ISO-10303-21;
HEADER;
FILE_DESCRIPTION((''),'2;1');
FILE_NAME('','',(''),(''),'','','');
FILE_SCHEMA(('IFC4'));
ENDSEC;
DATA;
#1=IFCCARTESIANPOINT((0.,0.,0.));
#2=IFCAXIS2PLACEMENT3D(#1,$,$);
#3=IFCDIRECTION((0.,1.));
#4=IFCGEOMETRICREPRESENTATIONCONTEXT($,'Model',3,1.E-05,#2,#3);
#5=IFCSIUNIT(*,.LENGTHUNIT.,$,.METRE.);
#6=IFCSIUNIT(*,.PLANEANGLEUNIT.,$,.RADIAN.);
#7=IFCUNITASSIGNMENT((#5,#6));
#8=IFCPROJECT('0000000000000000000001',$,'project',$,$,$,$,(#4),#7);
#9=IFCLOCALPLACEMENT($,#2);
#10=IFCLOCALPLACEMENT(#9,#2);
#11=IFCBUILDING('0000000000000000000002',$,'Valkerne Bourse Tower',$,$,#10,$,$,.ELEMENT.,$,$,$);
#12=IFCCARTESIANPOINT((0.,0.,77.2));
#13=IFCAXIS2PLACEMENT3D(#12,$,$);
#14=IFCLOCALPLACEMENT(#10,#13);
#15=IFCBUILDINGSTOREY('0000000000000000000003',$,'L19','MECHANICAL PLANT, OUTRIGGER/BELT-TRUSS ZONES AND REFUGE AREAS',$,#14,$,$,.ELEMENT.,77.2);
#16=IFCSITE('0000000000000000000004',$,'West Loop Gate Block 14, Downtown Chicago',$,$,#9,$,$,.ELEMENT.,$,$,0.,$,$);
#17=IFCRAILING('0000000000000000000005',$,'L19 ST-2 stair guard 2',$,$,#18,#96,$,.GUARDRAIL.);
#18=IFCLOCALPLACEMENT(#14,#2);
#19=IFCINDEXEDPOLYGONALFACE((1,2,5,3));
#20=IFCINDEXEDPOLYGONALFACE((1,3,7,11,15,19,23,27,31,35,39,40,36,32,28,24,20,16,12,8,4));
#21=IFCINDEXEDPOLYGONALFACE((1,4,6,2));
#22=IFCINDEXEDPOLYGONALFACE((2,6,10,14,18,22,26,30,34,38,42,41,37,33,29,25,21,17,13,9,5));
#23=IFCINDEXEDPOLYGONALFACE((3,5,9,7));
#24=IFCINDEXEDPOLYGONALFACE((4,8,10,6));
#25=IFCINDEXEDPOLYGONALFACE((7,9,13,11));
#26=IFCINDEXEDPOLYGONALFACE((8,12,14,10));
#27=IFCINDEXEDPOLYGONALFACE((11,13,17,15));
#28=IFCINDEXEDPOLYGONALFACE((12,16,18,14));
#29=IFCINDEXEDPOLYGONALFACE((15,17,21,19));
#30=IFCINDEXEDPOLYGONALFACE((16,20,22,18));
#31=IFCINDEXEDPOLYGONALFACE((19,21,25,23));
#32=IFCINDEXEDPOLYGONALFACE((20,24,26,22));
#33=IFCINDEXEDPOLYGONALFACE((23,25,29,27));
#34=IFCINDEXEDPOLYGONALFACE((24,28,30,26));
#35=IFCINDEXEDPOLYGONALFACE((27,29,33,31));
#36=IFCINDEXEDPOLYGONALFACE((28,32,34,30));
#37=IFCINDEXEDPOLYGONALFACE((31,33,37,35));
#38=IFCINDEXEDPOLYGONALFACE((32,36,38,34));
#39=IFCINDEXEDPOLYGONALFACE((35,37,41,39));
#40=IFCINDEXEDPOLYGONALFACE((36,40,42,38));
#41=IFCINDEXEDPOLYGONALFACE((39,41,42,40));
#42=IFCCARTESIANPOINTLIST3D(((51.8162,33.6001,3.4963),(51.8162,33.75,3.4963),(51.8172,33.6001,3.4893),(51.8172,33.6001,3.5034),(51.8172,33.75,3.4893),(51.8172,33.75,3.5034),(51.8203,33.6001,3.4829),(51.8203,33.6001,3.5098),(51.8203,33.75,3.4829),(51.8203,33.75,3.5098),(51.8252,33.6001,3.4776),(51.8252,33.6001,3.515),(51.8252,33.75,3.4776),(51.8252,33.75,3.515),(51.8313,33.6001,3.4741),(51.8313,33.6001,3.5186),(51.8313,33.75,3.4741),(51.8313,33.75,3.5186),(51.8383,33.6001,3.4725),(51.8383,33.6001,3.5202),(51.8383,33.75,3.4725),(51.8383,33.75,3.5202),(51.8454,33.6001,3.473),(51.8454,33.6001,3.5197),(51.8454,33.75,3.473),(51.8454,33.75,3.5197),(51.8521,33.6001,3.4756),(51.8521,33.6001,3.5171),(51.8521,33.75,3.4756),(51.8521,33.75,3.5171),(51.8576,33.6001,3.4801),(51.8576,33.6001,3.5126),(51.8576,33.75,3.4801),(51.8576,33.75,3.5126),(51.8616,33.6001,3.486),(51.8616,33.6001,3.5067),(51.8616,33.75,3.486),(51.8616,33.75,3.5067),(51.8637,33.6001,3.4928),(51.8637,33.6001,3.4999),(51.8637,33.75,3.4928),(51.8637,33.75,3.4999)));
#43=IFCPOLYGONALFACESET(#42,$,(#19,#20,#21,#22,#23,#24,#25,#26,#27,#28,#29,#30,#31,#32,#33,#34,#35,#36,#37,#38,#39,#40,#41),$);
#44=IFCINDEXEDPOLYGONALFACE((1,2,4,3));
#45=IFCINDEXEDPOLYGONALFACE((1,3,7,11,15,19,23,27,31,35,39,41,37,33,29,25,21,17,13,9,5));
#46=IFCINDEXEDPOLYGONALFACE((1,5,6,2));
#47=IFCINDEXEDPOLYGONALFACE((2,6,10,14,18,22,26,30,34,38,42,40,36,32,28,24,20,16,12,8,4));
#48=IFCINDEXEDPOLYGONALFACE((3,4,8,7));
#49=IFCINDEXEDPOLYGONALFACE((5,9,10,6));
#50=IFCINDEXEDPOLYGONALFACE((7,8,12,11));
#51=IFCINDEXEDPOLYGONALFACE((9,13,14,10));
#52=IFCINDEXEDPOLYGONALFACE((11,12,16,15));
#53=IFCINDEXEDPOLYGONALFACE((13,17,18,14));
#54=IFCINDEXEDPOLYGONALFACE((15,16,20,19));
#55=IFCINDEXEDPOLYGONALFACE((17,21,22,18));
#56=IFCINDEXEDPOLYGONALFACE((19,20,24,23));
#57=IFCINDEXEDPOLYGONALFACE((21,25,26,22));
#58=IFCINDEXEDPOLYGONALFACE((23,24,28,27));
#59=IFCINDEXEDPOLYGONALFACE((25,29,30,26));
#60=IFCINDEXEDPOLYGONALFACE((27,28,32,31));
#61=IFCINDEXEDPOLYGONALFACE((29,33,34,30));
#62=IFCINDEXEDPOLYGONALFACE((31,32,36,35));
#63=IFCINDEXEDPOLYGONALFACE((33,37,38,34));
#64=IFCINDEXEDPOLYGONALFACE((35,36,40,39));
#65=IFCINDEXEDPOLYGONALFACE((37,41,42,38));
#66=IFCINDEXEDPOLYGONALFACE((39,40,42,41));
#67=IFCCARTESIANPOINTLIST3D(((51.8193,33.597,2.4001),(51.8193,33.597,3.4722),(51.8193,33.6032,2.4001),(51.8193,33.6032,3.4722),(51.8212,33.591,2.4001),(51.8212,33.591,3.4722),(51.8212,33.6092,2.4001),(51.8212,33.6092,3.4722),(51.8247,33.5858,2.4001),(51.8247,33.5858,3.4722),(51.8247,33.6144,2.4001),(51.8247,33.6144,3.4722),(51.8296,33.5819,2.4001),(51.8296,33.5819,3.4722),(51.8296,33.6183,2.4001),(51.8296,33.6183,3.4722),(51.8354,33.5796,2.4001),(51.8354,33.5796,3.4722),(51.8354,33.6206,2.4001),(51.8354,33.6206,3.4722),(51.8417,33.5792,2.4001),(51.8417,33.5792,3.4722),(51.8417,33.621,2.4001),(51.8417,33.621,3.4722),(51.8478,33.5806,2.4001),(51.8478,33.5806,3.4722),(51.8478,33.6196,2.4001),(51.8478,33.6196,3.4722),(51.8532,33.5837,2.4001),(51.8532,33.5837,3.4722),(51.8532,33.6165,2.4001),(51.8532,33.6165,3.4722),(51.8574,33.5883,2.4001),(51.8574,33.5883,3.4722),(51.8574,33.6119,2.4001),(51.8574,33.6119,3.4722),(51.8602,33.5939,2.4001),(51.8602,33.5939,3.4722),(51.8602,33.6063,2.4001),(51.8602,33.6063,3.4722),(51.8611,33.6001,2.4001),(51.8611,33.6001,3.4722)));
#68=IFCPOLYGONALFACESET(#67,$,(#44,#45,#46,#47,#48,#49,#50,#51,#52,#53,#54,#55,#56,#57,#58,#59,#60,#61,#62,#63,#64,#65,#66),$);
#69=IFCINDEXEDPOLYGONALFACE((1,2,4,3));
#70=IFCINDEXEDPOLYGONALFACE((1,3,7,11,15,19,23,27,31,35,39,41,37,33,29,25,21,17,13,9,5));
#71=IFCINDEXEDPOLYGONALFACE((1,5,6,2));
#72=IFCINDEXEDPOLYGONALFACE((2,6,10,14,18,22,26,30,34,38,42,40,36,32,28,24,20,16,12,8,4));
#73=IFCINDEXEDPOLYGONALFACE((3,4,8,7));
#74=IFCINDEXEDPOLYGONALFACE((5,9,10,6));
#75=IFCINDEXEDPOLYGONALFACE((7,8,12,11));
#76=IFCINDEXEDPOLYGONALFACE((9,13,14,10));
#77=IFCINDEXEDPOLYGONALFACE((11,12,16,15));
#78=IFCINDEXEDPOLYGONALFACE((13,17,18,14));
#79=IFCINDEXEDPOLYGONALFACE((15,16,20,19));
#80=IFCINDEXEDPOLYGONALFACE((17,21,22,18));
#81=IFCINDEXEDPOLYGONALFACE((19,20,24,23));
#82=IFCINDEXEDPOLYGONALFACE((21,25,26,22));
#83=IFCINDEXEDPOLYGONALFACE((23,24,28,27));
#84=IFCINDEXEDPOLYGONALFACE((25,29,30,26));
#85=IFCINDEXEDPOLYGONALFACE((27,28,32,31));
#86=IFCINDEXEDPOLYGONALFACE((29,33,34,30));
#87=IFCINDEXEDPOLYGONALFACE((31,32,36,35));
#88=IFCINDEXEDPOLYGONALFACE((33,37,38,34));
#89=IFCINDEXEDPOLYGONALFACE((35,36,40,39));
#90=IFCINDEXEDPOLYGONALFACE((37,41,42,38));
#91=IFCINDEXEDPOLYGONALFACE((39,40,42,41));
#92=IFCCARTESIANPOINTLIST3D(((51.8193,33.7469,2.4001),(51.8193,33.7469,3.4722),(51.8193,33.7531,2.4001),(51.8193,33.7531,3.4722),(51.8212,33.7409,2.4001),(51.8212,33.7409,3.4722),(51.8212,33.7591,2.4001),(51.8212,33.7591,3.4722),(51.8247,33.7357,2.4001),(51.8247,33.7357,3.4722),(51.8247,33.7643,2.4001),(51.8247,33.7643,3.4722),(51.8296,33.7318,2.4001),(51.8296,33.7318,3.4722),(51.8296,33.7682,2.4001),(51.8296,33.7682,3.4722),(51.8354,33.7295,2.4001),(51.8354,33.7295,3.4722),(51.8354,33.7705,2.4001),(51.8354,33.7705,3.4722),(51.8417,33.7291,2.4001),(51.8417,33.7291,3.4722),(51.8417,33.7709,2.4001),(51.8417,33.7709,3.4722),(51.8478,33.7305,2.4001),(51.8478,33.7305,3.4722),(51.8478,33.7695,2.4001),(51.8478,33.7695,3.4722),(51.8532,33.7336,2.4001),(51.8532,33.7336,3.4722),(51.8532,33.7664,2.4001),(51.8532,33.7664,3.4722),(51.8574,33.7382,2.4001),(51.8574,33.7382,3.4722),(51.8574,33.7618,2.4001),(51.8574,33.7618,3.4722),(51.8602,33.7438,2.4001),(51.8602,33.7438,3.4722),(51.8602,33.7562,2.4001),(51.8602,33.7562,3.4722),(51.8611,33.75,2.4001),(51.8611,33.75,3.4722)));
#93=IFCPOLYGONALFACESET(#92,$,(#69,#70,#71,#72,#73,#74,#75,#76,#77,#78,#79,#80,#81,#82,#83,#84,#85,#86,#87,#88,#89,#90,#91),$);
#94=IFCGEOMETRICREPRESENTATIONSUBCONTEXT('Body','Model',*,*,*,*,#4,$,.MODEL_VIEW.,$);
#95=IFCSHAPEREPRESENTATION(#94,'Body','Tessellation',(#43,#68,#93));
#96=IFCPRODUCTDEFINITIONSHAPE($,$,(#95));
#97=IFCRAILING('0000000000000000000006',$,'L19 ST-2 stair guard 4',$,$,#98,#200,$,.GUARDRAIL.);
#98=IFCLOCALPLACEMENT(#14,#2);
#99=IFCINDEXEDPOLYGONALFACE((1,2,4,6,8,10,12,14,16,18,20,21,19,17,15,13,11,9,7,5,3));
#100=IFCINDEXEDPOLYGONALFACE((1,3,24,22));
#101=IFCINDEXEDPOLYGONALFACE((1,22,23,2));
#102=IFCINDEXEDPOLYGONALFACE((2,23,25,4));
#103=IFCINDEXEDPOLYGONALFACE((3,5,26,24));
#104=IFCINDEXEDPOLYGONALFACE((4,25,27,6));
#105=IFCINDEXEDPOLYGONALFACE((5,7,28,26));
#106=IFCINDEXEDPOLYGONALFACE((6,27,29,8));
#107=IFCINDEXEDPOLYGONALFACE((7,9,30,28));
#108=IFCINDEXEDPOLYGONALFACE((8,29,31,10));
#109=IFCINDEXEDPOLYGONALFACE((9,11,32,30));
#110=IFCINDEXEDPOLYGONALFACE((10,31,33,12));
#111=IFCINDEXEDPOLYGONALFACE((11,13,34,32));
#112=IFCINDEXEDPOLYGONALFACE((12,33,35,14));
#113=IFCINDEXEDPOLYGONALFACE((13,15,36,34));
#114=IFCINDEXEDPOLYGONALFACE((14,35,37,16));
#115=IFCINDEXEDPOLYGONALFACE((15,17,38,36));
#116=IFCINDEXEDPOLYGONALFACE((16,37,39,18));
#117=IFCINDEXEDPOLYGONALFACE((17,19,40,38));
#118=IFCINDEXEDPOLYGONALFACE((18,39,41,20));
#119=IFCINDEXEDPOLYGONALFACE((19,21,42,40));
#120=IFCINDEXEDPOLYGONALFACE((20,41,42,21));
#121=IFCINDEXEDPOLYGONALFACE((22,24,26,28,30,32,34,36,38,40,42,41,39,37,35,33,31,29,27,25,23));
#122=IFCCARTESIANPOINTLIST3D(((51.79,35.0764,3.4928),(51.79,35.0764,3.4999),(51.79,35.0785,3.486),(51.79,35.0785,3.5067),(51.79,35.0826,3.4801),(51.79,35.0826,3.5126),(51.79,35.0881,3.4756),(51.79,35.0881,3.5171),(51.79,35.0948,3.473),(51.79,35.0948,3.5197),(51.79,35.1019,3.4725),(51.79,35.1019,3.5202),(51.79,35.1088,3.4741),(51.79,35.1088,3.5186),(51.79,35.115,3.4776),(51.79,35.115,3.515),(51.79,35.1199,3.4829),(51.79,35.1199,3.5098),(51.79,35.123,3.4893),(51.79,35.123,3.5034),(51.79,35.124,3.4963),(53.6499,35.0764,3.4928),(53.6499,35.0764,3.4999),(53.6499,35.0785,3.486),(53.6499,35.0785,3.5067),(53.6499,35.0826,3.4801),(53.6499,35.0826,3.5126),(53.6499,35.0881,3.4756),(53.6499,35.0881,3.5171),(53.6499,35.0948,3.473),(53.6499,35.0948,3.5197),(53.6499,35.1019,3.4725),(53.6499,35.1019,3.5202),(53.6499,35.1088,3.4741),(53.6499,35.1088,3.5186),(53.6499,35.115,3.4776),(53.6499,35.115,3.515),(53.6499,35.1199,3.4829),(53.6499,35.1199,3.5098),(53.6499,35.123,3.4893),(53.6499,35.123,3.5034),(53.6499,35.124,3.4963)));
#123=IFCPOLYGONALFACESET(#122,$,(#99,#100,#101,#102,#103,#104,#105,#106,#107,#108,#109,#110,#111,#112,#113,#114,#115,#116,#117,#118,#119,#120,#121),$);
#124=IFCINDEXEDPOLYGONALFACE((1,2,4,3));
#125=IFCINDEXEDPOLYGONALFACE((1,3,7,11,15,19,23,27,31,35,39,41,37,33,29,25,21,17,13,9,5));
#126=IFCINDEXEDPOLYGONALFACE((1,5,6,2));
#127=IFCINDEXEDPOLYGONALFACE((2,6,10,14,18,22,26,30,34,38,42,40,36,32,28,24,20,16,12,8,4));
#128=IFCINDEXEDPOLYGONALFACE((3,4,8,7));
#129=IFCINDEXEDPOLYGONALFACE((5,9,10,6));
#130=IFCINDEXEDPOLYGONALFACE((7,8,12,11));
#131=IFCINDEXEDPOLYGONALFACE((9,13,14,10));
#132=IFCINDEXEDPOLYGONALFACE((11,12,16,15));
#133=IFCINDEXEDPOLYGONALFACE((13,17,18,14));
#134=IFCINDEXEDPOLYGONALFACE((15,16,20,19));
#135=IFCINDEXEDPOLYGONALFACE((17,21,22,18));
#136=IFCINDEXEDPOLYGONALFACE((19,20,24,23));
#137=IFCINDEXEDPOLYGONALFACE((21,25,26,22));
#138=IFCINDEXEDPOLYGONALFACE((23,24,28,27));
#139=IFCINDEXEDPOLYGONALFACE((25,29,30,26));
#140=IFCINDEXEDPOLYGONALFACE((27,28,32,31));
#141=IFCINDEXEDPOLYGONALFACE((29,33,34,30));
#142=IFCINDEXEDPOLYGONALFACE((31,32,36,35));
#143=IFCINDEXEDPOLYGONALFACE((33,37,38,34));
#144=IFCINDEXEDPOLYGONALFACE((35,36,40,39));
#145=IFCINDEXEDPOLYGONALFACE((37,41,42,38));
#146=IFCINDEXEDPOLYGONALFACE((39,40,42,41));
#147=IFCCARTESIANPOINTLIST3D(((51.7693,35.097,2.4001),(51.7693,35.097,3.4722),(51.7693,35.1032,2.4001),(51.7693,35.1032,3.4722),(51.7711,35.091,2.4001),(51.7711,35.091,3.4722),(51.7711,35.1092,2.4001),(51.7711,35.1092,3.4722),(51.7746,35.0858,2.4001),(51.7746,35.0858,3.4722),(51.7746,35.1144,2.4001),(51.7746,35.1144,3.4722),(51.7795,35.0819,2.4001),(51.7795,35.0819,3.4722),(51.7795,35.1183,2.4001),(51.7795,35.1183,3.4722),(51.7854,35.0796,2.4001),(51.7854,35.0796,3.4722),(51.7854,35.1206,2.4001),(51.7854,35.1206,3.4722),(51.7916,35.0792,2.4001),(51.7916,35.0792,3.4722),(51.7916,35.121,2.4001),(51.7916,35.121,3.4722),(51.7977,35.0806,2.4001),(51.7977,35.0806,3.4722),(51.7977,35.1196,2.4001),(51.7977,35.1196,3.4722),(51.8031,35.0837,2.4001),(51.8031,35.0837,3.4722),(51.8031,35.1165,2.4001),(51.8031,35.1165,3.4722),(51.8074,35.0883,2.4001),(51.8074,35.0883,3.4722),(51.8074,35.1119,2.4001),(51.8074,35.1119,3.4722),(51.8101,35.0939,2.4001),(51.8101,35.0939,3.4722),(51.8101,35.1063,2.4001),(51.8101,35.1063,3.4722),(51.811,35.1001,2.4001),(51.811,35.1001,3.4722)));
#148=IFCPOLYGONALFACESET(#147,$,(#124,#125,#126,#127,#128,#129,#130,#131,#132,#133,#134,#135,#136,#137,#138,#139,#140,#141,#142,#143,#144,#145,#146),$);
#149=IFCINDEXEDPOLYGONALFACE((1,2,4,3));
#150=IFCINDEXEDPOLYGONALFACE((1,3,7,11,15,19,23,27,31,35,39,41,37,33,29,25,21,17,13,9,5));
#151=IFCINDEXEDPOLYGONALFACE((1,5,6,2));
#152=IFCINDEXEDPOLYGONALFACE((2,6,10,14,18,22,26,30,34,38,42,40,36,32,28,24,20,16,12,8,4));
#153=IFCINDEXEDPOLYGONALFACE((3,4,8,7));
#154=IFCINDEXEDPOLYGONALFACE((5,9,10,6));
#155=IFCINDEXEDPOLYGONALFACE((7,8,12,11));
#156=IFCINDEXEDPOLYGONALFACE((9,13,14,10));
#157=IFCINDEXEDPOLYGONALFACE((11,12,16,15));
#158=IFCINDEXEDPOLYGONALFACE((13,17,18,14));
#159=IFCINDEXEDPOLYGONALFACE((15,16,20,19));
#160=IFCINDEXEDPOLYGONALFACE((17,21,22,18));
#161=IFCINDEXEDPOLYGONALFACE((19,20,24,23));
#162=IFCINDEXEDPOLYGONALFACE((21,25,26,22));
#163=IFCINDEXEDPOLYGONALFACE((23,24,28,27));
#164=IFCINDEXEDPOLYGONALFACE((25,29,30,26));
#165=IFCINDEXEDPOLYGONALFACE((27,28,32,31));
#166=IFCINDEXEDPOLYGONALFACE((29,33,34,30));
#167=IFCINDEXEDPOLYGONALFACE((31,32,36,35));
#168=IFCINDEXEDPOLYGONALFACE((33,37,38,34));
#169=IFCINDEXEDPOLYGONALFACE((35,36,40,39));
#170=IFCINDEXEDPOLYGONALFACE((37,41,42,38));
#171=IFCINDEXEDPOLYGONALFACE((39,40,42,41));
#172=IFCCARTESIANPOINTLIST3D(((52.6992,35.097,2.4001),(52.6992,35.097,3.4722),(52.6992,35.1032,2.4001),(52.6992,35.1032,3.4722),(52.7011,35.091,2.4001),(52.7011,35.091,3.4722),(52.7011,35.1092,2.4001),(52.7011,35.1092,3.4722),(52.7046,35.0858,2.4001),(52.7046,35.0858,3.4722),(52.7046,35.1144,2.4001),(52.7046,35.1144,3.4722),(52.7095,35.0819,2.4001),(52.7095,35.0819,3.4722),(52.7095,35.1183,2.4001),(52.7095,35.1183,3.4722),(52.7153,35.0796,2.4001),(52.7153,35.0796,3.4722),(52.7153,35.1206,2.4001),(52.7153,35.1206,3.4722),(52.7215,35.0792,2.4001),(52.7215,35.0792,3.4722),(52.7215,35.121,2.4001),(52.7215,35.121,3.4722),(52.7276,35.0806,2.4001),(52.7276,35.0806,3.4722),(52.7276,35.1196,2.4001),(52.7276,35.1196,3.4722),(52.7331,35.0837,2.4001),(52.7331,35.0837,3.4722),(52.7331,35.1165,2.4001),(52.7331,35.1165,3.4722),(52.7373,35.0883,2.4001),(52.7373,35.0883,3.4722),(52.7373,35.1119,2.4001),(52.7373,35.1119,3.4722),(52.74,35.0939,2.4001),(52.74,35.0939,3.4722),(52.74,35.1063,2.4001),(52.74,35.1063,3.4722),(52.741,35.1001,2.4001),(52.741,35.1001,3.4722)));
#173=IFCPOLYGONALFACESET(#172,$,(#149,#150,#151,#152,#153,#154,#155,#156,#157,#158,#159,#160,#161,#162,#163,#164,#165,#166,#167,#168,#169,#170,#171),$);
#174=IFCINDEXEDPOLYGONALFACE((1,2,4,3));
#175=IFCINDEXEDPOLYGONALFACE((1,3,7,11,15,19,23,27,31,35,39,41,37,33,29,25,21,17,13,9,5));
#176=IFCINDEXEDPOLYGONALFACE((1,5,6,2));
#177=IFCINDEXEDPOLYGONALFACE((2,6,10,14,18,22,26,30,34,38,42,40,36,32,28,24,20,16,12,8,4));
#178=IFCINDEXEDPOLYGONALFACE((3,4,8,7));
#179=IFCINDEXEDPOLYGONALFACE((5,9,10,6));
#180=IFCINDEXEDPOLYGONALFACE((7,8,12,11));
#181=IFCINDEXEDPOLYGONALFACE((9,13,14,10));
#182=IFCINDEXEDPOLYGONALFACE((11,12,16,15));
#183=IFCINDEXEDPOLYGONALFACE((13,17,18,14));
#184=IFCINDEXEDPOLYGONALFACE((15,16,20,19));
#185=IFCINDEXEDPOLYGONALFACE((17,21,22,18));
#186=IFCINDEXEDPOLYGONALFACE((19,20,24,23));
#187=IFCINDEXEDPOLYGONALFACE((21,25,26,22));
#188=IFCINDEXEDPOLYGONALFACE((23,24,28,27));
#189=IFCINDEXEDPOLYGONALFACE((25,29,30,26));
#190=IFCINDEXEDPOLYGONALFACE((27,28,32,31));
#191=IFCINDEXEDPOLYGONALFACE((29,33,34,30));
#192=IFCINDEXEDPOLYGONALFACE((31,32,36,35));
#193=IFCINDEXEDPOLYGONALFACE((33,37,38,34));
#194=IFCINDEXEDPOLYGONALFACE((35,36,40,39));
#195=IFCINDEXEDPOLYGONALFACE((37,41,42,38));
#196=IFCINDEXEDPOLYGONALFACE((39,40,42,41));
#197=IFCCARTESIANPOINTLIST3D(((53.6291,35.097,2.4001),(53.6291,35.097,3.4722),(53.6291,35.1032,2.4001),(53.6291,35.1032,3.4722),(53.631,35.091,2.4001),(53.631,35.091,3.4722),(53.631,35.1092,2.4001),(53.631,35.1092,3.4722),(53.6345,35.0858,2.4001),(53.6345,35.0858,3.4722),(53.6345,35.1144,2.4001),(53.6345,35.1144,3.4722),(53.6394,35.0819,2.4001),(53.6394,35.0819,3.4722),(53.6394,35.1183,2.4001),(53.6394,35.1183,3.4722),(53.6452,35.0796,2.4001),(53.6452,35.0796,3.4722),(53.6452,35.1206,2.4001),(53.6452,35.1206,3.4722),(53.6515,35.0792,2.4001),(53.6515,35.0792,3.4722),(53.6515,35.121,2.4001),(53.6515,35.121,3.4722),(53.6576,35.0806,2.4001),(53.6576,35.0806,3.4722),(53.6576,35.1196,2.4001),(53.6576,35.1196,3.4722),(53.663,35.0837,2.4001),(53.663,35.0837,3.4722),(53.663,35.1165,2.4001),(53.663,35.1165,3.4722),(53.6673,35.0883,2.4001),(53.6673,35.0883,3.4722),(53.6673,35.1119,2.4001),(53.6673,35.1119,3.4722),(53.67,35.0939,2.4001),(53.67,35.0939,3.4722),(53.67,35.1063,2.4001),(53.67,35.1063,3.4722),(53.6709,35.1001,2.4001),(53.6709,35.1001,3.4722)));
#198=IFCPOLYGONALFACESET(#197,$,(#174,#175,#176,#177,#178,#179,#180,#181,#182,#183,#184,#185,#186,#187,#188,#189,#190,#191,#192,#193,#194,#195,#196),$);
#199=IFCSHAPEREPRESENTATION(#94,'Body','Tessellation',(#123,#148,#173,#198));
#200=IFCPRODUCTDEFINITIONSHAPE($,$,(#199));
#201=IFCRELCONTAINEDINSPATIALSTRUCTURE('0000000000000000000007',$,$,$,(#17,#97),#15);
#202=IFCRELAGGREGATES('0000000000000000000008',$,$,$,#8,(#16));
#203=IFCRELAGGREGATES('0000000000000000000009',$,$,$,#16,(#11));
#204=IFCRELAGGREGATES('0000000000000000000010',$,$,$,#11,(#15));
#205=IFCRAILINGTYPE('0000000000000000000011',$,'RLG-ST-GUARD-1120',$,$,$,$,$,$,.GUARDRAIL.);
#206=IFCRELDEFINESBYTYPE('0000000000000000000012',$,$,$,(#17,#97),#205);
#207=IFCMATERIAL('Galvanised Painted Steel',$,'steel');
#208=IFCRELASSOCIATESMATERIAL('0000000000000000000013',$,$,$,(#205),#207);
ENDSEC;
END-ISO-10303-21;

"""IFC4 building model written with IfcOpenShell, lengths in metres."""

from ifc_helpers import new_model, si_unit, direction, frame, origin, origin_2d, place, context, subcontext, project, spatial, circle, extrude, material, type_object, element, save


model = new_model("IFC4")

# Units and contexts
model_context = context("Model", 3, precision=1e-05, world=origin(), true_north=direction((0.0, 1.0)))
body_context = subcontext(model_context, "Body", "Model", "MODEL_VIEW")
ifc_project = project(units=[si_unit("LENGTHUNIT", "METRE"), si_unit("PLANEANGLEUNIT", "RADIAN")], contexts=[model_context])

# Site, building, storey
site_placement = place(None, origin())
site = spatial("IfcSite", under=ifc_project, at=site_placement, Name="West Loop Gate Block 14, Downtown Chicago", CompositionType="ELEMENT", RefElevation=0.0)
building_placement = place(site_placement, origin())
building = spatial("IfcBuilding", under=site, at=building_placement, Name="Valkerne Bourse Tower", CompositionType="ELEMENT")
storey_placement = place(building_placement, frame((0.0, 0.0, 77.2)))
storey = spatial("IfcBuildingStorey", under=building, at=storey_placement, Name="L19", Description="MECHANICAL PLANT, OUTRIGGER/BELT-TRUSS ZONES AND REFUGE AREAS", CompositionType="ELEMENT", Elevation=77.2)

# Railings
ifc_material_1 = material(Name="Galvanised Painted Steel", Category="steel")
railing_type_1 = type_object("IfcRailingType", Name="RLG-ST-GUARD-1120", PredefinedType="GUARDRAIL", material=ifc_material_1)
railing_1_placement = place(storey_placement, frame((51.8401, 33.6001, 2.4001)))
element("IfcRailing", 1, at=railing_1_placement, inside=storey, type_object=railing_type_1, Name="L19 ST-2 stair guard 2", PredefinedType="GUARDRAIL", context=body_context, shape_type="SweptSolid", body=[
    extrude(circle(Radius=0.0239, at=origin_2d()), frame((0.0, 0.0, 1.0962), z_axis=(0.0, 1.0, 0.0), x_axis=(-1.0, 0.0, 0.0)), (0.0, 0.0, 1.0), 0.1499),
    extrude(circle(Radius=0.021, at=origin_2d()), origin(), (0.0, 0.0, 1.0), 1.072),
    extrude(circle(Radius=0.021, at=origin_2d()), frame((0.0, 0.1499, 0.0)), (0.0, 0.0, 1.0), 1.072),
])
railing_2_placement = place(storey_placement, frame((51.79, 35.1001, 2.4001)))
element("IfcRailing", 2, at=railing_2_placement, inside=storey, type_object=railing_type_1, Name="L19 ST-2 stair guard 4", PredefinedType="GUARDRAIL", context=body_context, shape_type="SweptSolid", body=[
    extrude(circle(Radius=0.0239, at=origin_2d()), frame((0.0, 0.0, 1.0962), z_axis=(1.0, 0.0, 0.0), x_axis=(0.0, 1.0, 0.0)), (0.0, 0.0, 1.0), 1.8599),
    extrude(circle(Radius=0.021, at=origin_2d()), origin(), (0.0, 0.0, 1.0), 1.072),
    extrude(circle(Radius=0.021, at=origin_2d()), frame((0.9299, 0.0, 0.0)), (0.0, 0.0, 1.0), 1.072),
    extrude(circle(Radius=0.021, at=origin_2d()), frame((1.8599, 0.0, 0.0)), (0.0, 0.0, 1.0), 1.072),
])

save(model, "model.ifc")
